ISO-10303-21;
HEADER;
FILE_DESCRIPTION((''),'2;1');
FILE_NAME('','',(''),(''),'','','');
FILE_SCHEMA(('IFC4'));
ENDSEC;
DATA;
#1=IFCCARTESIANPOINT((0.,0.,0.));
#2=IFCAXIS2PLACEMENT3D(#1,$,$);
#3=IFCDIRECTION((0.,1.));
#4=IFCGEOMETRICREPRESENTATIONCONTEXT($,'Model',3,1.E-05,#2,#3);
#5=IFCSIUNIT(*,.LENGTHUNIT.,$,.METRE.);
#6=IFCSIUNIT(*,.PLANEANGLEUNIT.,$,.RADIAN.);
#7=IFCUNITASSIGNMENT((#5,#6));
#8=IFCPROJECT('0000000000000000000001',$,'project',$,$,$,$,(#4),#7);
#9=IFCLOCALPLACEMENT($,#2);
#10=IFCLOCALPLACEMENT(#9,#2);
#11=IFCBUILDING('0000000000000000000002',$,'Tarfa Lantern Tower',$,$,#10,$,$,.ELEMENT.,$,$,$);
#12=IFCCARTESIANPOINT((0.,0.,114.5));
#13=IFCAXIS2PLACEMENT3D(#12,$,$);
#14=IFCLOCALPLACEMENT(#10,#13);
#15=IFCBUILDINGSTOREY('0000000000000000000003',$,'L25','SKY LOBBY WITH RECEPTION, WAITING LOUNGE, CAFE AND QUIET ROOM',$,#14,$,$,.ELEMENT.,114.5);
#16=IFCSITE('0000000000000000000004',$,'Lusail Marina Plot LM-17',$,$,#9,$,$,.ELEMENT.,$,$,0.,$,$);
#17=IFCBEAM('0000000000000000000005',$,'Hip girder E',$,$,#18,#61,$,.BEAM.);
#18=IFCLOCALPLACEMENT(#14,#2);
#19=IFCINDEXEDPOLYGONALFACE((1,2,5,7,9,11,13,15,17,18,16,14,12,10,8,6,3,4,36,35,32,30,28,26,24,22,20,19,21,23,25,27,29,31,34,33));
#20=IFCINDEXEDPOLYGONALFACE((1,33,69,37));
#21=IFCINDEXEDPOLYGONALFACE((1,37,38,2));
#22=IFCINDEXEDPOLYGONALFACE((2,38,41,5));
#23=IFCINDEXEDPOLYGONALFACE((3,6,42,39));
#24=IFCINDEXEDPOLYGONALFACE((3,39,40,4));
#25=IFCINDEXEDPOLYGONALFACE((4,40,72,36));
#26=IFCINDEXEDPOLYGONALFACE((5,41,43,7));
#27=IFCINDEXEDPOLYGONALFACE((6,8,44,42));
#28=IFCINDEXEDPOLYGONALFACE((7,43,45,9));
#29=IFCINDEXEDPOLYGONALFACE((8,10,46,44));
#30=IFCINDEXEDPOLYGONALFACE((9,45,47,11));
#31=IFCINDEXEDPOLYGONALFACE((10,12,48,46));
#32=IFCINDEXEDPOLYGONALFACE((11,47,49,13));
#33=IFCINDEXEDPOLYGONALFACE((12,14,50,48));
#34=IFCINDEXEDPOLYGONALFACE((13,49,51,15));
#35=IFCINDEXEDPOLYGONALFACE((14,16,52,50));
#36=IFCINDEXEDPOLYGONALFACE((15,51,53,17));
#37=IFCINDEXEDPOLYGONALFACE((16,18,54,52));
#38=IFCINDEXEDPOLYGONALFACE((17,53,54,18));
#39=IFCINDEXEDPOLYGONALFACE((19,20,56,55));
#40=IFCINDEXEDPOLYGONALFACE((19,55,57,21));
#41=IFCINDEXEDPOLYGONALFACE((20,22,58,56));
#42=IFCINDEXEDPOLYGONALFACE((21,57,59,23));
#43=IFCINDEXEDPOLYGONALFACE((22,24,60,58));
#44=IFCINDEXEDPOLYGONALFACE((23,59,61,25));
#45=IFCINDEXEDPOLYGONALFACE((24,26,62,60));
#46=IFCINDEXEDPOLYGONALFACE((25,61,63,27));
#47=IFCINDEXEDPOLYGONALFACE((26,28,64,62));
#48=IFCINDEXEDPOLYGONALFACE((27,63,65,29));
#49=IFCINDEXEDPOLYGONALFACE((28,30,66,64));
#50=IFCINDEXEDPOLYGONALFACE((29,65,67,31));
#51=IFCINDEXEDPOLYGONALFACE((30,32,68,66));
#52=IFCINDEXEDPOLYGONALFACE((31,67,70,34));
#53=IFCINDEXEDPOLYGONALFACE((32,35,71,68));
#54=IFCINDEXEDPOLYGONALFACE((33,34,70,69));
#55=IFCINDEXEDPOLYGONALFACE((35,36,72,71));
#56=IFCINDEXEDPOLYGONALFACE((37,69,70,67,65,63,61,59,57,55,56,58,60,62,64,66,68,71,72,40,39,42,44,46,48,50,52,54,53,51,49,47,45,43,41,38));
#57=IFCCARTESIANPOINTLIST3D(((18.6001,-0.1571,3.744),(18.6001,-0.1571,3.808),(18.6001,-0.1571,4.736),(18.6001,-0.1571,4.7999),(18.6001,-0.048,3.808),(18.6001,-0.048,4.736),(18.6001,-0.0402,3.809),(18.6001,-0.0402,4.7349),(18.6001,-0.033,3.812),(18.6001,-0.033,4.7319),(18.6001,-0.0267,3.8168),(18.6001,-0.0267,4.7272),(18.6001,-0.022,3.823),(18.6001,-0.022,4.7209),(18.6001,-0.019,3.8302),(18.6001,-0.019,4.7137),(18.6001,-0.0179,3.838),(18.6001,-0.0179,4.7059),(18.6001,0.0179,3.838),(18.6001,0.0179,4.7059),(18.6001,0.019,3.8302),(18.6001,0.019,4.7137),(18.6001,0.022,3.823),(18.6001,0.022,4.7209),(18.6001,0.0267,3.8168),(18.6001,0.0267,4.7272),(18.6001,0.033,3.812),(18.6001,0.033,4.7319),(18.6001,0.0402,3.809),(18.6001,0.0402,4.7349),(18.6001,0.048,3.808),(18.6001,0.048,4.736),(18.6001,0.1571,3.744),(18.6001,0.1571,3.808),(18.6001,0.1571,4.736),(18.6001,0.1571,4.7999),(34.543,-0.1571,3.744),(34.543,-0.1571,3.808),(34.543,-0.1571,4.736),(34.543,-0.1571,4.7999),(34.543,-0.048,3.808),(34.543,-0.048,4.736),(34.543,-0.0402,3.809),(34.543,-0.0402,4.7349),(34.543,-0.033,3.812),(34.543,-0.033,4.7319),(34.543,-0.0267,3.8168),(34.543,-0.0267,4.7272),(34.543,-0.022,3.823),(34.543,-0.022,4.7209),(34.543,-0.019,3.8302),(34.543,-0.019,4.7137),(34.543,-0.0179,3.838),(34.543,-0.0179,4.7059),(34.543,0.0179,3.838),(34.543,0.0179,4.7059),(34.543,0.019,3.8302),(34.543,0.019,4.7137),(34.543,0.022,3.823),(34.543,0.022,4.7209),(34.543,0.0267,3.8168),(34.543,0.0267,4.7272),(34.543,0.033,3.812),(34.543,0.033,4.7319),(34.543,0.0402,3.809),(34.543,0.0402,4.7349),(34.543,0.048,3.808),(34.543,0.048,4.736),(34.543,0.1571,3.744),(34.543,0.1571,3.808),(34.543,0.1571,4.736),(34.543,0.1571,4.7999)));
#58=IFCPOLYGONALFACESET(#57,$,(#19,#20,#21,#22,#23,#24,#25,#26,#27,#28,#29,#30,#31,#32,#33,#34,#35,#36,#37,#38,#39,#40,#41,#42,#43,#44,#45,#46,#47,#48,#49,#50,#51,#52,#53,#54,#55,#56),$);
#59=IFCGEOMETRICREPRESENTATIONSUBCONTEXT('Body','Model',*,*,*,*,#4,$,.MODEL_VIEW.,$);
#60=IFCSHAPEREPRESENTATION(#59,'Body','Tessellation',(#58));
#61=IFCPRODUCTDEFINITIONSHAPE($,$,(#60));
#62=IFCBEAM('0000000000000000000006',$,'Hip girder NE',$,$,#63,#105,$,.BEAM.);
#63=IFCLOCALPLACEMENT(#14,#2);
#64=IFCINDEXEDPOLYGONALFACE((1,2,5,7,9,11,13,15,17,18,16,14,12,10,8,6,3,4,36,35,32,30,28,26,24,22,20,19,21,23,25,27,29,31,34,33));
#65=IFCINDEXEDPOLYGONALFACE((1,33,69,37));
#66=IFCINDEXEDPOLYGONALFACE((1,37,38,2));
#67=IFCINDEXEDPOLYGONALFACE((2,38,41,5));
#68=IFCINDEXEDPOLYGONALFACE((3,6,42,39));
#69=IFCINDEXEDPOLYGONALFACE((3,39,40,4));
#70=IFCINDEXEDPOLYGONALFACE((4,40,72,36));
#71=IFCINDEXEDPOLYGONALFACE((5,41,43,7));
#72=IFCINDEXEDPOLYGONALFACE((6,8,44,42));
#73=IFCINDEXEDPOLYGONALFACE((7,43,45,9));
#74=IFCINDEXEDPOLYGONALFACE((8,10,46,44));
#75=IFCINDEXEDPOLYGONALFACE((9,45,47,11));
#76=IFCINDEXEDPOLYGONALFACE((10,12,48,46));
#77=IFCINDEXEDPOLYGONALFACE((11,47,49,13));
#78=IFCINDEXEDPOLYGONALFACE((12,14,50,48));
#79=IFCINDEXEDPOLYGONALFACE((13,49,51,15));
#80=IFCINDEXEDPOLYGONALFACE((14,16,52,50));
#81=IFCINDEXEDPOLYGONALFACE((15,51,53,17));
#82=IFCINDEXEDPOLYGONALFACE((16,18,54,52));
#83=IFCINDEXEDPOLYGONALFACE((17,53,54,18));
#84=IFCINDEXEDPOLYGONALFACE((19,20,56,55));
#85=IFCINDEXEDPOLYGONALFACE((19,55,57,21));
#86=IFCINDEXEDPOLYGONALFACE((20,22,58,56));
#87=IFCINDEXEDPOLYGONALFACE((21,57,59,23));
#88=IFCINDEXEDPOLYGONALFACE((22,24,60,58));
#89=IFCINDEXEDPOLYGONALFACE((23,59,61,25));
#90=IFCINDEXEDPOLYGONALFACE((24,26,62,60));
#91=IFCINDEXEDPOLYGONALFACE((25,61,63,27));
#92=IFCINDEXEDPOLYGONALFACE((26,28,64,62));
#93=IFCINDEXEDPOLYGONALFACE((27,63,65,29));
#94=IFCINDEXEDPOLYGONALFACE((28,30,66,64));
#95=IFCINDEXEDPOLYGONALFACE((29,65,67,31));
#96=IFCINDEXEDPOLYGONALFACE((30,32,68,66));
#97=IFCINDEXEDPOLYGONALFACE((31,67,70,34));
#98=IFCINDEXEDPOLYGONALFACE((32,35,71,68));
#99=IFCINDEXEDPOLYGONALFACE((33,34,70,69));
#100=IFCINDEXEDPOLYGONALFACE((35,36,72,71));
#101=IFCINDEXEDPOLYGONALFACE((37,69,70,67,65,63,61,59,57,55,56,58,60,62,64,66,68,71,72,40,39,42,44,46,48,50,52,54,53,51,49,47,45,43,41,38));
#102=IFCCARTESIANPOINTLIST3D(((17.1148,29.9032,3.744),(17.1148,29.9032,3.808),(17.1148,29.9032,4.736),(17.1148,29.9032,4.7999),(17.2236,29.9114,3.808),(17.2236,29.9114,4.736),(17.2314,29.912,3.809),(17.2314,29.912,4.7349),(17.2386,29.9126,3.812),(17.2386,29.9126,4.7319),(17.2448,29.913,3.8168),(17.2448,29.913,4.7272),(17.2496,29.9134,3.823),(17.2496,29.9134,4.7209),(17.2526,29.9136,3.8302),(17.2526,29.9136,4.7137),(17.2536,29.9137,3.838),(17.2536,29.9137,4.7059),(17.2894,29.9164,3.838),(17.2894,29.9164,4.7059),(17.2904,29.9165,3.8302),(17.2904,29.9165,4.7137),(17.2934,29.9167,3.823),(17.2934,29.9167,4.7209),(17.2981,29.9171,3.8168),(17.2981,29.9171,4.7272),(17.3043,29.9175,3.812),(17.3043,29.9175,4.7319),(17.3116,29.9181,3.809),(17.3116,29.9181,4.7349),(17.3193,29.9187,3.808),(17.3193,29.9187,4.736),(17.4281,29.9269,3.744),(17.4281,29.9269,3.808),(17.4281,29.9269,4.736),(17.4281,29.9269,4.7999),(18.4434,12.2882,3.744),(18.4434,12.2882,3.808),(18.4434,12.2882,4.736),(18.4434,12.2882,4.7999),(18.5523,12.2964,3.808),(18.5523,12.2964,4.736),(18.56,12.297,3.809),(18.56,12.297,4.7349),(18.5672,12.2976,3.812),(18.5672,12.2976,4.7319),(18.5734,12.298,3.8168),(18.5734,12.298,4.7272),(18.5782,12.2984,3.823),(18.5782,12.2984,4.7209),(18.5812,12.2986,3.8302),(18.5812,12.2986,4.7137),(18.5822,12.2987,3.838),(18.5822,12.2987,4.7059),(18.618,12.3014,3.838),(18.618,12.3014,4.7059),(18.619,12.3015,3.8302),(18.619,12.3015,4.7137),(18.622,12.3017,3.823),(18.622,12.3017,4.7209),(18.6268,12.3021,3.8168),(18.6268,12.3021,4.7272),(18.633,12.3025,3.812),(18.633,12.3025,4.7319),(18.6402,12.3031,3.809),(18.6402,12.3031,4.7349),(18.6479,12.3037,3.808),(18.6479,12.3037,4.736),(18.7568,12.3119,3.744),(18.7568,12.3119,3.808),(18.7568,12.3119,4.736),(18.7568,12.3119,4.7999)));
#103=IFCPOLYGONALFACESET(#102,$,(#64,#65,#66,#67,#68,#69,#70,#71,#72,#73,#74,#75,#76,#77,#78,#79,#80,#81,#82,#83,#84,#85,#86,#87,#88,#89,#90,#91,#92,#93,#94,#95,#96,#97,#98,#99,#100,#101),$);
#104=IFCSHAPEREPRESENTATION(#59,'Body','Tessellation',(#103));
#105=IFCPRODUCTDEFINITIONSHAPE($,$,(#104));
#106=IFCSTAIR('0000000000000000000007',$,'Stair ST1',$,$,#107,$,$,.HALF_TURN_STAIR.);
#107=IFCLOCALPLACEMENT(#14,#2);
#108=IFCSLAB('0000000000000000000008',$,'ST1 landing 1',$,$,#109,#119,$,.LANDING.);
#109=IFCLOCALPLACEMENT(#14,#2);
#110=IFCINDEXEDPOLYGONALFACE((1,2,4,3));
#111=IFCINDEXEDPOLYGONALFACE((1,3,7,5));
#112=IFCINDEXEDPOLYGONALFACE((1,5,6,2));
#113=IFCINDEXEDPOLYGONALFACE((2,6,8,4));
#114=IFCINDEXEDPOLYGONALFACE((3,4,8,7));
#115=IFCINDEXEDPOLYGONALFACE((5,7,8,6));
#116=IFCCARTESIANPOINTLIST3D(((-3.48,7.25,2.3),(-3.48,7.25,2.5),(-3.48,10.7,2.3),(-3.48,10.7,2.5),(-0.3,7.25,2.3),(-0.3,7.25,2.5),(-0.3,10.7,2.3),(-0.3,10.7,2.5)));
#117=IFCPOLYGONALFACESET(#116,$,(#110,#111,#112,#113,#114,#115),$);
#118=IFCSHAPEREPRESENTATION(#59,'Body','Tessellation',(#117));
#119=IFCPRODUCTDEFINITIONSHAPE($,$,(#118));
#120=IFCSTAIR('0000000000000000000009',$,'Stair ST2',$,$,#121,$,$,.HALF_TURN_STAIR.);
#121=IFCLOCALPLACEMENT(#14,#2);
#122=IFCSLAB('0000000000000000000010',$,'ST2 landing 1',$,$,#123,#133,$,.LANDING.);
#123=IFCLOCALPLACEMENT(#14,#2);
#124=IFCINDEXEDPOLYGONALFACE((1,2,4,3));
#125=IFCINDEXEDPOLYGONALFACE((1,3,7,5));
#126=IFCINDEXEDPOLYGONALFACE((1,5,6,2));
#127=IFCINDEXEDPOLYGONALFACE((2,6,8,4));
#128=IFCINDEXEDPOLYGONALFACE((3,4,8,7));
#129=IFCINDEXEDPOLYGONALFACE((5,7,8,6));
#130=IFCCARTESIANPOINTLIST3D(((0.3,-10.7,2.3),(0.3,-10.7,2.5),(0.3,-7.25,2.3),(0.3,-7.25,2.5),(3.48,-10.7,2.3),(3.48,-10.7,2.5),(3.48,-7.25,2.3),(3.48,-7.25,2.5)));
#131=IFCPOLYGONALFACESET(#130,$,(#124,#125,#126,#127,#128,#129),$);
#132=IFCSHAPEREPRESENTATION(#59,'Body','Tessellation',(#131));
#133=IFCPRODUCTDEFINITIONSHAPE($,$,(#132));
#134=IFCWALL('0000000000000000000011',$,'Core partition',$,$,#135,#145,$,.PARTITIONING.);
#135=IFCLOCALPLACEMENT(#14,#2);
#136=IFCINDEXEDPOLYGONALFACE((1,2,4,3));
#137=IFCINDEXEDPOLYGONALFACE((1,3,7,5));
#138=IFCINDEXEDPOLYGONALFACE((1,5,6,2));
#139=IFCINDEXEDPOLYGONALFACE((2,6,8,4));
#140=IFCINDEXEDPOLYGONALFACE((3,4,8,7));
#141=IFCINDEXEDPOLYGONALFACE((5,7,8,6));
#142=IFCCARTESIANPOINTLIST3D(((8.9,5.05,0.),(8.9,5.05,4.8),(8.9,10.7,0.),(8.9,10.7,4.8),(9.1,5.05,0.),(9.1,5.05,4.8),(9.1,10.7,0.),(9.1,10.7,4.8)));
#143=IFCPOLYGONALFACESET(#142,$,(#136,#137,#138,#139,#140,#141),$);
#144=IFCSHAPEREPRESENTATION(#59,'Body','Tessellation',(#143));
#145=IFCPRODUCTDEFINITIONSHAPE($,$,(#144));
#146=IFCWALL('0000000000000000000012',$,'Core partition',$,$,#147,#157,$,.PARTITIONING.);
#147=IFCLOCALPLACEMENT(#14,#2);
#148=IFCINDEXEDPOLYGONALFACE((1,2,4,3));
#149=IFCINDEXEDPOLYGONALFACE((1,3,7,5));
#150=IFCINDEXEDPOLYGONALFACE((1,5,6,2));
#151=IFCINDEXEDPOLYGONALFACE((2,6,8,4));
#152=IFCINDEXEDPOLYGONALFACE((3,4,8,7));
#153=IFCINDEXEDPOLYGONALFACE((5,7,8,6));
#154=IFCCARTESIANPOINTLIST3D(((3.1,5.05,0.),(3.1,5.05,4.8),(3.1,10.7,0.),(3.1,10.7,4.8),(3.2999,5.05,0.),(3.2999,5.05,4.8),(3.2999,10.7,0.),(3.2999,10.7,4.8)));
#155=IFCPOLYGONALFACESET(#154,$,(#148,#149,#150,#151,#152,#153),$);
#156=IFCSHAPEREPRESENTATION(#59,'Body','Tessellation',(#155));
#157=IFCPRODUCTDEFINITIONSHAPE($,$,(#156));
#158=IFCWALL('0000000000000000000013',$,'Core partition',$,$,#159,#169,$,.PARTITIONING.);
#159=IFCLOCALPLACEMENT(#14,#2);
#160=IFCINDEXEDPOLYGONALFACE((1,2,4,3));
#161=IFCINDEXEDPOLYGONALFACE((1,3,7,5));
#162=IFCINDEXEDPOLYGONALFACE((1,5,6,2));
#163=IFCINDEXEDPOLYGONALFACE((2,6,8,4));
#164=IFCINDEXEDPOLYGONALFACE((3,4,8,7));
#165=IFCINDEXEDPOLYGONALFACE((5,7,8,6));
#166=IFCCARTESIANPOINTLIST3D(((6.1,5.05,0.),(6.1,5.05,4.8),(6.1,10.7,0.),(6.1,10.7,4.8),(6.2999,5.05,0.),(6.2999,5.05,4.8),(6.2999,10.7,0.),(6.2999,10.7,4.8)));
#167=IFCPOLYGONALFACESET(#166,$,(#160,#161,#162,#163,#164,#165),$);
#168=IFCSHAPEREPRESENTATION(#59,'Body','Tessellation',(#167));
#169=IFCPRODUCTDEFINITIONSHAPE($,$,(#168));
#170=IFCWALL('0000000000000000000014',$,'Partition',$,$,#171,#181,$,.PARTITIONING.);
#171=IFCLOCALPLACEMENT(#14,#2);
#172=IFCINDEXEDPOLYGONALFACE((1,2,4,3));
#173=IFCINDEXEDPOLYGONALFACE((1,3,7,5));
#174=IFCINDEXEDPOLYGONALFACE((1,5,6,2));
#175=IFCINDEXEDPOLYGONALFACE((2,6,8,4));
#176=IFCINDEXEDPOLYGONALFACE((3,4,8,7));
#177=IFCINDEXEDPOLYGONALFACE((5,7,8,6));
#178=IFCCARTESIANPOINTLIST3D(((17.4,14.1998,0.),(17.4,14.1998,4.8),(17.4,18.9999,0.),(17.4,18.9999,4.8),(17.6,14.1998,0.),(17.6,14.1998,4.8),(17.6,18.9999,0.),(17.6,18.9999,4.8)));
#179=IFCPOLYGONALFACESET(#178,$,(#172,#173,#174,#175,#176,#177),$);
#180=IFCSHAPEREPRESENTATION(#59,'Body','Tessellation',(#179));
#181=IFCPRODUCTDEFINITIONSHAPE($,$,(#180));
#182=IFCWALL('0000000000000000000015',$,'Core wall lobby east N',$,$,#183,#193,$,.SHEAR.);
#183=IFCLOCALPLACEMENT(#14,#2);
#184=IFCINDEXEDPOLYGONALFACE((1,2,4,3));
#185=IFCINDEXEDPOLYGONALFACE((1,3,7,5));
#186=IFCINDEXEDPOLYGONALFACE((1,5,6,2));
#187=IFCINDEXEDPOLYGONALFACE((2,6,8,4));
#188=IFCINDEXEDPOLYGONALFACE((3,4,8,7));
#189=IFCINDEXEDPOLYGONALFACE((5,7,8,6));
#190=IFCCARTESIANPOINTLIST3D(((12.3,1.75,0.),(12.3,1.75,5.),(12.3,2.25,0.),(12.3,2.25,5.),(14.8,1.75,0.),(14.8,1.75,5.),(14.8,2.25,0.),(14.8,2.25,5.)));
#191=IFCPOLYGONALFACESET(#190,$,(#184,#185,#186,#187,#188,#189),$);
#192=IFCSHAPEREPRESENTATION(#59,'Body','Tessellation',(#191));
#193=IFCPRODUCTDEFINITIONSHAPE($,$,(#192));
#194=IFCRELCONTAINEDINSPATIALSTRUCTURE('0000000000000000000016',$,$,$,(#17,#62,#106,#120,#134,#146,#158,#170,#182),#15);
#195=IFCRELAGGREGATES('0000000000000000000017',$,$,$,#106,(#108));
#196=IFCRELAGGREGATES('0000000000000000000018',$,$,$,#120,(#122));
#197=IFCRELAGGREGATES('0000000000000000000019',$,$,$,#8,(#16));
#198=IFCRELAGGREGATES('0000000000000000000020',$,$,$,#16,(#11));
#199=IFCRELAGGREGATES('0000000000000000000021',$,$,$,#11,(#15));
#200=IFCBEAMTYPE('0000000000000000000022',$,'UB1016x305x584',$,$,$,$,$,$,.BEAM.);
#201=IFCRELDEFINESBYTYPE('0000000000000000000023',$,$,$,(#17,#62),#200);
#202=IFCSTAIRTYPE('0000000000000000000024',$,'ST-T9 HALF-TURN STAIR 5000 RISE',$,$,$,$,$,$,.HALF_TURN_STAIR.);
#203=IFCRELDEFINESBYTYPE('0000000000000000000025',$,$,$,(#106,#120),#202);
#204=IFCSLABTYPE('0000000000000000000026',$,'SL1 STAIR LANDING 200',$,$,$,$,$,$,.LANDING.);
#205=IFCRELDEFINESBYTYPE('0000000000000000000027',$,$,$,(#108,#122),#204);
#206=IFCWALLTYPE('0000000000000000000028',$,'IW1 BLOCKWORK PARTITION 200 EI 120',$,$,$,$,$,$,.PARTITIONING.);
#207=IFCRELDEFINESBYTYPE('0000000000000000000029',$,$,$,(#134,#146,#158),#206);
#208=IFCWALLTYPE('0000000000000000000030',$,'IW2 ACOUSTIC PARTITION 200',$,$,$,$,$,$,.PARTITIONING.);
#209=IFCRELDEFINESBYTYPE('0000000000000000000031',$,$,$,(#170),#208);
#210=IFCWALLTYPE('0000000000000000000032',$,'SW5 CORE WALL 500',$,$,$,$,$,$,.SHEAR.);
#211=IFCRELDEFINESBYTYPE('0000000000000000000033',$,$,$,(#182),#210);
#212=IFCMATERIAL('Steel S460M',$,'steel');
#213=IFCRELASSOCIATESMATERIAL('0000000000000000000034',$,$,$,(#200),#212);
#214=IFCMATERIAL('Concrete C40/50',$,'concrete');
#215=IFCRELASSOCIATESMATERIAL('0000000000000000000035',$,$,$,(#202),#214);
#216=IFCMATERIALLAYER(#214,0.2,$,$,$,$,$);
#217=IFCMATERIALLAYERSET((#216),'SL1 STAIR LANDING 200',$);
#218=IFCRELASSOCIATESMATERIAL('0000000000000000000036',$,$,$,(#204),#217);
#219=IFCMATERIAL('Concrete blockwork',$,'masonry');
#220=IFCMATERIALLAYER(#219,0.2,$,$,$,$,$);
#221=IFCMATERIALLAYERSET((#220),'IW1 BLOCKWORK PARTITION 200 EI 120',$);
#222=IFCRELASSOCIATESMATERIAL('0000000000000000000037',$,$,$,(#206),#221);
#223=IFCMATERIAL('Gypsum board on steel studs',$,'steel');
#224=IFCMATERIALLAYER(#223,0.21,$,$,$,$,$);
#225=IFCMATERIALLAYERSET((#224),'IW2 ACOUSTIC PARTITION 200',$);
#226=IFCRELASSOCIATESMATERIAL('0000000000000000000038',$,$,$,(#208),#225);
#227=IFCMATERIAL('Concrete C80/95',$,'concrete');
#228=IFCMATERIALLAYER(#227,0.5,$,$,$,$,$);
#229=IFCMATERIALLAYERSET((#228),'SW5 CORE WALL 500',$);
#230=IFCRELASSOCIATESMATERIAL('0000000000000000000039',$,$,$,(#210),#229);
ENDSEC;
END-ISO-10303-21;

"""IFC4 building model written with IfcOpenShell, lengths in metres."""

from ifc_helpers import new_model, si_unit, direction, frame, frame_2d, origin, origin_2d, place, context, subcontext, project, spatial, polyline, rectangle, i_section, outline, extrude, material, layer, layer_set, material_profile, profile_set, type_object, element, aggregate, save


model = new_model("IFC4")

# Units and contexts
model_context = context("Model", 3, precision=1e-05, world=origin(), true_north=direction((0.0, 1.0)))
body_context = subcontext(model_context, "Body", "Model", "MODEL_VIEW")
ifc_project = project(units=[si_unit("LENGTHUNIT", "METRE"), si_unit("PLANEANGLEUNIT", "RADIAN")], contexts=[model_context])

# Site, building, storey
site_placement = place(None, origin())
site = spatial("IfcSite", under=ifc_project, at=site_placement, Name="Lusail Marina Plot LM-17", CompositionType="ELEMENT", RefElevation=0.0)
building_placement = place(site_placement, origin())
building = spatial("IfcBuilding", under=site, at=building_placement, Name="Tarfa Lantern Tower", CompositionType="ELEMENT")
storey_placement = place(building_placement, frame((0.0, 0.0, 114.5)))
storey = spatial("IfcBuildingStorey", under=building, at=storey_placement, Name="L25", Description="SKY LOBBY WITH RECEPTION, WAITING LOUNGE, CAFE AND QUIET ROOM", CompositionType="ELEMENT", Elevation=114.5)

# Beams
ifc_material_1 = material(Name="Steel S460M", Category="steel")
ifc_material_profile = material_profile(ifc_material_1, i_section(OverallWidth=0.3142, OverallDepth=1.0559, WebThickness=0.0359, FlangeThickness=0.064, FilletRadius=0.03, at=origin_2d()), Name="UB1016x305x584")
ifc_profile_set = profile_set([ifc_material_profile], Name="Steel S460M")
beam_type = type_object("IfcBeamType", Name="UB1016x305x584", PredefinedType="BEAM", material=ifc_profile_set)
beam_1_placement = place(storey_placement, frame((18.6001, 0.0, 4.272), z_axis=(1.0, 0.0, 0.0), x_axis=(0.0, 1.0, 0.0)))
element("IfcBeam", 1, at=beam_1_placement, inside=storey, type_object=beam_type, Name="Hip girder E", PredefinedType="BEAM", context=body_context, shape_type="SweptSolid", body=[
    extrude(i_section(OverallWidth=0.3142, OverallDepth=1.0559, WebThickness=0.0359, FlangeThickness=0.064, FilletRadius=0.03, at=origin_2d()), origin(), (0.0, 0.0, 1.0), 15.9429),
])
beam_2_placement = place(storey_placement, frame((18.6001, 12.3, 4.272), z_axis=(-0.075212, 0.997168, 0.0), x_axis=(-0.997168, -0.075212, 0.0)))
element("IfcBeam", 2, at=beam_2_placement, inside=storey, type_object=beam_type, Name="Hip girder NE", PredefinedType="BEAM", context=body_context, shape_type="SweptSolid", body=[
    extrude(i_section(OverallWidth=0.3142, OverallDepth=1.0559, WebThickness=0.0359, FlangeThickness=0.064, FilletRadius=0.03, at=origin_2d()), origin(), (0.0, 0.0, 1.0), 17.665),
])

# Stairs, slabs
ifc_material_2 = material(Name="Concrete C40/50", Category="concrete")
stair_type = type_object("IfcStairType", Name="ST-T9 HALF-TURN STAIR 5000 RISE", PredefinedType="HALF_TURN_STAIR", material=ifc_material_2)
stair_1_placement = place(storey_placement, origin())
stair_1 = element("IfcStair", 3, at=stair_1_placement, inside=storey, type_object=stair_type, Name="Stair ST1", PredefinedType="HALF_TURN_STAIR")
ifc_layer_1 = layer(ifc_material_2, 0.2)
ifc_layer_set_1 = layer_set([ifc_layer_1], Name="SL1 STAIR LANDING 200")
slab_type = type_object("IfcSlabType", Name="SL1 STAIR LANDING 200", PredefinedType="LANDING", material=ifc_layer_set_1)
slab_1_placement = place(storey_placement, frame((0.0, 0.0, 2.3)))
slab_1 = element("IfcSlab", 4, at=slab_1_placement, type_object=slab_type, Name="ST1 landing 1", PredefinedType="LANDING", context=body_context, shape_type="SweptSolid", body=[
    extrude(outline(polyline([(-3.48, 7.25), (-0.3, 7.25), (-0.3, 10.7), (-3.48, 10.7), (-3.48, 7.25)])), origin(), (0.0, 0.0, 1.0), 0.2),
])
aggregate(stair_1, [slab_1])
stair_2_placement = place(storey_placement, origin())
stair_2 = element("IfcStair", 5, at=stair_2_placement, inside=storey, type_object=stair_type, Name="Stair ST2", PredefinedType="HALF_TURN_STAIR")
slab_2_placement = place(storey_placement, frame((0.0, 0.0, 2.3)))
slab_2 = element("IfcSlab", 6, at=slab_2_placement, type_object=slab_type, Name="ST2 landing 1", PredefinedType="LANDING", context=body_context, shape_type="SweptSolid", body=[
    extrude(outline(polyline([(3.48, -7.25), (0.3, -7.25), (0.3, -10.7), (3.48, -10.7), (3.48, -7.25)])), origin(), (0.0, 0.0, 1.0), 0.2),
])
aggregate(stair_2, [slab_2])

# Walls
ifc_material_3 = material(Name="Concrete blockwork", Category="masonry")
ifc_layer_2 = layer(ifc_material_3, 0.2)
ifc_layer_set_2 = layer_set([ifc_layer_2], Name="IW1 BLOCKWORK PARTITION 200 EI 120")
wall_type_1 = type_object("IfcWallType", Name="IW1 BLOCKWORK PARTITION 200 EI 120", PredefinedType="PARTITIONING", material=ifc_layer_set_2)
for number, where, z_axis, x_axis, name in (
    (7, (9.0, 5.05, 0.0), (0.0, 0.0, 1.0), (0.0, 1.0, 0.0), "Core partition"),
    (8, (3.2, 5.05, 0.0), (0.0, 0.0, 1.0), (0.0, 1.0, 0.0), "Core partition"),
    (9, (6.2, 5.05, 0.0), (0.0, 0.0, 1.0), (0.0, 1.0, 0.0), "Core partition"),
):
    element("IfcWall", number, at=place(storey_placement, frame(where, z_axis=z_axis, x_axis=x_axis)), inside=storey, type_object=wall_type_1, Name=name, PredefinedType="PARTITIONING", context=body_context, shape_type="SweptSolid", body=[
        extrude(rectangle(XDim=5.6499, YDim=0.2, at=frame_2d((2.825, 0.0))), origin(), (0.0, 0.0, 1.0), 4.8),
    ])
ifc_material_4 = material(Name="Gypsum board on steel studs", Category="steel")
ifc_layer_3 = layer(ifc_material_4, 0.21)
ifc_layer_set_3 = layer_set([ifc_layer_3], Name="IW2 ACOUSTIC PARTITION 200")
wall_type_2 = type_object("IfcWallType", Name="IW2 ACOUSTIC PARTITION 200", PredefinedType="PARTITIONING", material=ifc_layer_set_3)
wall_1_placement = place(storey_placement, frame((17.5, 14.2, 0.0), z_axis=(0.0, 0.0, 1.0), x_axis=(0.0, 1.0, 0.0)))
element("IfcWall", 10, at=wall_1_placement, inside=storey, type_object=wall_type_2, Name="Partition", PredefinedType="PARTITIONING", context=body_context, shape_type="SweptSolid", body=[
    extrude(rectangle(XDim=4.8, YDim=0.2, at=frame_2d((2.3999, 0.0))), origin(), (0.0, 0.0, 1.0), 4.8),
])
ifc_material_5 = material(Name="Concrete C80/95", Category="concrete")
ifc_layer_4 = layer(ifc_material_5, 0.5)
ifc_layer_set_4 = layer_set([ifc_layer_4], Name="SW5 CORE WALL 500")
wall_type_3 = type_object("IfcWallType", Name="SW5 CORE WALL 500", PredefinedType="SHEAR", material=ifc_layer_set_4)
wall_2_placement = place(storey_placement, frame((12.3, 2.0, 0.0), z_axis=(0.0, 0.0, 1.0), x_axis=(1.0, 0.0, 0.0)))
element("IfcWall", 11, at=wall_2_placement, inside=storey, type_object=wall_type_3, Name="Core wall lobby east N", PredefinedType="SHEAR", context=body_context, shape_type="SweptSolid", body=[
    extrude(rectangle(XDim=2.5, YDim=0.5, at=frame_2d((1.25, 0.0))), origin(), (0.0, 0.0, 1.0), 5.0),
])

save(model, "model.ifc")
